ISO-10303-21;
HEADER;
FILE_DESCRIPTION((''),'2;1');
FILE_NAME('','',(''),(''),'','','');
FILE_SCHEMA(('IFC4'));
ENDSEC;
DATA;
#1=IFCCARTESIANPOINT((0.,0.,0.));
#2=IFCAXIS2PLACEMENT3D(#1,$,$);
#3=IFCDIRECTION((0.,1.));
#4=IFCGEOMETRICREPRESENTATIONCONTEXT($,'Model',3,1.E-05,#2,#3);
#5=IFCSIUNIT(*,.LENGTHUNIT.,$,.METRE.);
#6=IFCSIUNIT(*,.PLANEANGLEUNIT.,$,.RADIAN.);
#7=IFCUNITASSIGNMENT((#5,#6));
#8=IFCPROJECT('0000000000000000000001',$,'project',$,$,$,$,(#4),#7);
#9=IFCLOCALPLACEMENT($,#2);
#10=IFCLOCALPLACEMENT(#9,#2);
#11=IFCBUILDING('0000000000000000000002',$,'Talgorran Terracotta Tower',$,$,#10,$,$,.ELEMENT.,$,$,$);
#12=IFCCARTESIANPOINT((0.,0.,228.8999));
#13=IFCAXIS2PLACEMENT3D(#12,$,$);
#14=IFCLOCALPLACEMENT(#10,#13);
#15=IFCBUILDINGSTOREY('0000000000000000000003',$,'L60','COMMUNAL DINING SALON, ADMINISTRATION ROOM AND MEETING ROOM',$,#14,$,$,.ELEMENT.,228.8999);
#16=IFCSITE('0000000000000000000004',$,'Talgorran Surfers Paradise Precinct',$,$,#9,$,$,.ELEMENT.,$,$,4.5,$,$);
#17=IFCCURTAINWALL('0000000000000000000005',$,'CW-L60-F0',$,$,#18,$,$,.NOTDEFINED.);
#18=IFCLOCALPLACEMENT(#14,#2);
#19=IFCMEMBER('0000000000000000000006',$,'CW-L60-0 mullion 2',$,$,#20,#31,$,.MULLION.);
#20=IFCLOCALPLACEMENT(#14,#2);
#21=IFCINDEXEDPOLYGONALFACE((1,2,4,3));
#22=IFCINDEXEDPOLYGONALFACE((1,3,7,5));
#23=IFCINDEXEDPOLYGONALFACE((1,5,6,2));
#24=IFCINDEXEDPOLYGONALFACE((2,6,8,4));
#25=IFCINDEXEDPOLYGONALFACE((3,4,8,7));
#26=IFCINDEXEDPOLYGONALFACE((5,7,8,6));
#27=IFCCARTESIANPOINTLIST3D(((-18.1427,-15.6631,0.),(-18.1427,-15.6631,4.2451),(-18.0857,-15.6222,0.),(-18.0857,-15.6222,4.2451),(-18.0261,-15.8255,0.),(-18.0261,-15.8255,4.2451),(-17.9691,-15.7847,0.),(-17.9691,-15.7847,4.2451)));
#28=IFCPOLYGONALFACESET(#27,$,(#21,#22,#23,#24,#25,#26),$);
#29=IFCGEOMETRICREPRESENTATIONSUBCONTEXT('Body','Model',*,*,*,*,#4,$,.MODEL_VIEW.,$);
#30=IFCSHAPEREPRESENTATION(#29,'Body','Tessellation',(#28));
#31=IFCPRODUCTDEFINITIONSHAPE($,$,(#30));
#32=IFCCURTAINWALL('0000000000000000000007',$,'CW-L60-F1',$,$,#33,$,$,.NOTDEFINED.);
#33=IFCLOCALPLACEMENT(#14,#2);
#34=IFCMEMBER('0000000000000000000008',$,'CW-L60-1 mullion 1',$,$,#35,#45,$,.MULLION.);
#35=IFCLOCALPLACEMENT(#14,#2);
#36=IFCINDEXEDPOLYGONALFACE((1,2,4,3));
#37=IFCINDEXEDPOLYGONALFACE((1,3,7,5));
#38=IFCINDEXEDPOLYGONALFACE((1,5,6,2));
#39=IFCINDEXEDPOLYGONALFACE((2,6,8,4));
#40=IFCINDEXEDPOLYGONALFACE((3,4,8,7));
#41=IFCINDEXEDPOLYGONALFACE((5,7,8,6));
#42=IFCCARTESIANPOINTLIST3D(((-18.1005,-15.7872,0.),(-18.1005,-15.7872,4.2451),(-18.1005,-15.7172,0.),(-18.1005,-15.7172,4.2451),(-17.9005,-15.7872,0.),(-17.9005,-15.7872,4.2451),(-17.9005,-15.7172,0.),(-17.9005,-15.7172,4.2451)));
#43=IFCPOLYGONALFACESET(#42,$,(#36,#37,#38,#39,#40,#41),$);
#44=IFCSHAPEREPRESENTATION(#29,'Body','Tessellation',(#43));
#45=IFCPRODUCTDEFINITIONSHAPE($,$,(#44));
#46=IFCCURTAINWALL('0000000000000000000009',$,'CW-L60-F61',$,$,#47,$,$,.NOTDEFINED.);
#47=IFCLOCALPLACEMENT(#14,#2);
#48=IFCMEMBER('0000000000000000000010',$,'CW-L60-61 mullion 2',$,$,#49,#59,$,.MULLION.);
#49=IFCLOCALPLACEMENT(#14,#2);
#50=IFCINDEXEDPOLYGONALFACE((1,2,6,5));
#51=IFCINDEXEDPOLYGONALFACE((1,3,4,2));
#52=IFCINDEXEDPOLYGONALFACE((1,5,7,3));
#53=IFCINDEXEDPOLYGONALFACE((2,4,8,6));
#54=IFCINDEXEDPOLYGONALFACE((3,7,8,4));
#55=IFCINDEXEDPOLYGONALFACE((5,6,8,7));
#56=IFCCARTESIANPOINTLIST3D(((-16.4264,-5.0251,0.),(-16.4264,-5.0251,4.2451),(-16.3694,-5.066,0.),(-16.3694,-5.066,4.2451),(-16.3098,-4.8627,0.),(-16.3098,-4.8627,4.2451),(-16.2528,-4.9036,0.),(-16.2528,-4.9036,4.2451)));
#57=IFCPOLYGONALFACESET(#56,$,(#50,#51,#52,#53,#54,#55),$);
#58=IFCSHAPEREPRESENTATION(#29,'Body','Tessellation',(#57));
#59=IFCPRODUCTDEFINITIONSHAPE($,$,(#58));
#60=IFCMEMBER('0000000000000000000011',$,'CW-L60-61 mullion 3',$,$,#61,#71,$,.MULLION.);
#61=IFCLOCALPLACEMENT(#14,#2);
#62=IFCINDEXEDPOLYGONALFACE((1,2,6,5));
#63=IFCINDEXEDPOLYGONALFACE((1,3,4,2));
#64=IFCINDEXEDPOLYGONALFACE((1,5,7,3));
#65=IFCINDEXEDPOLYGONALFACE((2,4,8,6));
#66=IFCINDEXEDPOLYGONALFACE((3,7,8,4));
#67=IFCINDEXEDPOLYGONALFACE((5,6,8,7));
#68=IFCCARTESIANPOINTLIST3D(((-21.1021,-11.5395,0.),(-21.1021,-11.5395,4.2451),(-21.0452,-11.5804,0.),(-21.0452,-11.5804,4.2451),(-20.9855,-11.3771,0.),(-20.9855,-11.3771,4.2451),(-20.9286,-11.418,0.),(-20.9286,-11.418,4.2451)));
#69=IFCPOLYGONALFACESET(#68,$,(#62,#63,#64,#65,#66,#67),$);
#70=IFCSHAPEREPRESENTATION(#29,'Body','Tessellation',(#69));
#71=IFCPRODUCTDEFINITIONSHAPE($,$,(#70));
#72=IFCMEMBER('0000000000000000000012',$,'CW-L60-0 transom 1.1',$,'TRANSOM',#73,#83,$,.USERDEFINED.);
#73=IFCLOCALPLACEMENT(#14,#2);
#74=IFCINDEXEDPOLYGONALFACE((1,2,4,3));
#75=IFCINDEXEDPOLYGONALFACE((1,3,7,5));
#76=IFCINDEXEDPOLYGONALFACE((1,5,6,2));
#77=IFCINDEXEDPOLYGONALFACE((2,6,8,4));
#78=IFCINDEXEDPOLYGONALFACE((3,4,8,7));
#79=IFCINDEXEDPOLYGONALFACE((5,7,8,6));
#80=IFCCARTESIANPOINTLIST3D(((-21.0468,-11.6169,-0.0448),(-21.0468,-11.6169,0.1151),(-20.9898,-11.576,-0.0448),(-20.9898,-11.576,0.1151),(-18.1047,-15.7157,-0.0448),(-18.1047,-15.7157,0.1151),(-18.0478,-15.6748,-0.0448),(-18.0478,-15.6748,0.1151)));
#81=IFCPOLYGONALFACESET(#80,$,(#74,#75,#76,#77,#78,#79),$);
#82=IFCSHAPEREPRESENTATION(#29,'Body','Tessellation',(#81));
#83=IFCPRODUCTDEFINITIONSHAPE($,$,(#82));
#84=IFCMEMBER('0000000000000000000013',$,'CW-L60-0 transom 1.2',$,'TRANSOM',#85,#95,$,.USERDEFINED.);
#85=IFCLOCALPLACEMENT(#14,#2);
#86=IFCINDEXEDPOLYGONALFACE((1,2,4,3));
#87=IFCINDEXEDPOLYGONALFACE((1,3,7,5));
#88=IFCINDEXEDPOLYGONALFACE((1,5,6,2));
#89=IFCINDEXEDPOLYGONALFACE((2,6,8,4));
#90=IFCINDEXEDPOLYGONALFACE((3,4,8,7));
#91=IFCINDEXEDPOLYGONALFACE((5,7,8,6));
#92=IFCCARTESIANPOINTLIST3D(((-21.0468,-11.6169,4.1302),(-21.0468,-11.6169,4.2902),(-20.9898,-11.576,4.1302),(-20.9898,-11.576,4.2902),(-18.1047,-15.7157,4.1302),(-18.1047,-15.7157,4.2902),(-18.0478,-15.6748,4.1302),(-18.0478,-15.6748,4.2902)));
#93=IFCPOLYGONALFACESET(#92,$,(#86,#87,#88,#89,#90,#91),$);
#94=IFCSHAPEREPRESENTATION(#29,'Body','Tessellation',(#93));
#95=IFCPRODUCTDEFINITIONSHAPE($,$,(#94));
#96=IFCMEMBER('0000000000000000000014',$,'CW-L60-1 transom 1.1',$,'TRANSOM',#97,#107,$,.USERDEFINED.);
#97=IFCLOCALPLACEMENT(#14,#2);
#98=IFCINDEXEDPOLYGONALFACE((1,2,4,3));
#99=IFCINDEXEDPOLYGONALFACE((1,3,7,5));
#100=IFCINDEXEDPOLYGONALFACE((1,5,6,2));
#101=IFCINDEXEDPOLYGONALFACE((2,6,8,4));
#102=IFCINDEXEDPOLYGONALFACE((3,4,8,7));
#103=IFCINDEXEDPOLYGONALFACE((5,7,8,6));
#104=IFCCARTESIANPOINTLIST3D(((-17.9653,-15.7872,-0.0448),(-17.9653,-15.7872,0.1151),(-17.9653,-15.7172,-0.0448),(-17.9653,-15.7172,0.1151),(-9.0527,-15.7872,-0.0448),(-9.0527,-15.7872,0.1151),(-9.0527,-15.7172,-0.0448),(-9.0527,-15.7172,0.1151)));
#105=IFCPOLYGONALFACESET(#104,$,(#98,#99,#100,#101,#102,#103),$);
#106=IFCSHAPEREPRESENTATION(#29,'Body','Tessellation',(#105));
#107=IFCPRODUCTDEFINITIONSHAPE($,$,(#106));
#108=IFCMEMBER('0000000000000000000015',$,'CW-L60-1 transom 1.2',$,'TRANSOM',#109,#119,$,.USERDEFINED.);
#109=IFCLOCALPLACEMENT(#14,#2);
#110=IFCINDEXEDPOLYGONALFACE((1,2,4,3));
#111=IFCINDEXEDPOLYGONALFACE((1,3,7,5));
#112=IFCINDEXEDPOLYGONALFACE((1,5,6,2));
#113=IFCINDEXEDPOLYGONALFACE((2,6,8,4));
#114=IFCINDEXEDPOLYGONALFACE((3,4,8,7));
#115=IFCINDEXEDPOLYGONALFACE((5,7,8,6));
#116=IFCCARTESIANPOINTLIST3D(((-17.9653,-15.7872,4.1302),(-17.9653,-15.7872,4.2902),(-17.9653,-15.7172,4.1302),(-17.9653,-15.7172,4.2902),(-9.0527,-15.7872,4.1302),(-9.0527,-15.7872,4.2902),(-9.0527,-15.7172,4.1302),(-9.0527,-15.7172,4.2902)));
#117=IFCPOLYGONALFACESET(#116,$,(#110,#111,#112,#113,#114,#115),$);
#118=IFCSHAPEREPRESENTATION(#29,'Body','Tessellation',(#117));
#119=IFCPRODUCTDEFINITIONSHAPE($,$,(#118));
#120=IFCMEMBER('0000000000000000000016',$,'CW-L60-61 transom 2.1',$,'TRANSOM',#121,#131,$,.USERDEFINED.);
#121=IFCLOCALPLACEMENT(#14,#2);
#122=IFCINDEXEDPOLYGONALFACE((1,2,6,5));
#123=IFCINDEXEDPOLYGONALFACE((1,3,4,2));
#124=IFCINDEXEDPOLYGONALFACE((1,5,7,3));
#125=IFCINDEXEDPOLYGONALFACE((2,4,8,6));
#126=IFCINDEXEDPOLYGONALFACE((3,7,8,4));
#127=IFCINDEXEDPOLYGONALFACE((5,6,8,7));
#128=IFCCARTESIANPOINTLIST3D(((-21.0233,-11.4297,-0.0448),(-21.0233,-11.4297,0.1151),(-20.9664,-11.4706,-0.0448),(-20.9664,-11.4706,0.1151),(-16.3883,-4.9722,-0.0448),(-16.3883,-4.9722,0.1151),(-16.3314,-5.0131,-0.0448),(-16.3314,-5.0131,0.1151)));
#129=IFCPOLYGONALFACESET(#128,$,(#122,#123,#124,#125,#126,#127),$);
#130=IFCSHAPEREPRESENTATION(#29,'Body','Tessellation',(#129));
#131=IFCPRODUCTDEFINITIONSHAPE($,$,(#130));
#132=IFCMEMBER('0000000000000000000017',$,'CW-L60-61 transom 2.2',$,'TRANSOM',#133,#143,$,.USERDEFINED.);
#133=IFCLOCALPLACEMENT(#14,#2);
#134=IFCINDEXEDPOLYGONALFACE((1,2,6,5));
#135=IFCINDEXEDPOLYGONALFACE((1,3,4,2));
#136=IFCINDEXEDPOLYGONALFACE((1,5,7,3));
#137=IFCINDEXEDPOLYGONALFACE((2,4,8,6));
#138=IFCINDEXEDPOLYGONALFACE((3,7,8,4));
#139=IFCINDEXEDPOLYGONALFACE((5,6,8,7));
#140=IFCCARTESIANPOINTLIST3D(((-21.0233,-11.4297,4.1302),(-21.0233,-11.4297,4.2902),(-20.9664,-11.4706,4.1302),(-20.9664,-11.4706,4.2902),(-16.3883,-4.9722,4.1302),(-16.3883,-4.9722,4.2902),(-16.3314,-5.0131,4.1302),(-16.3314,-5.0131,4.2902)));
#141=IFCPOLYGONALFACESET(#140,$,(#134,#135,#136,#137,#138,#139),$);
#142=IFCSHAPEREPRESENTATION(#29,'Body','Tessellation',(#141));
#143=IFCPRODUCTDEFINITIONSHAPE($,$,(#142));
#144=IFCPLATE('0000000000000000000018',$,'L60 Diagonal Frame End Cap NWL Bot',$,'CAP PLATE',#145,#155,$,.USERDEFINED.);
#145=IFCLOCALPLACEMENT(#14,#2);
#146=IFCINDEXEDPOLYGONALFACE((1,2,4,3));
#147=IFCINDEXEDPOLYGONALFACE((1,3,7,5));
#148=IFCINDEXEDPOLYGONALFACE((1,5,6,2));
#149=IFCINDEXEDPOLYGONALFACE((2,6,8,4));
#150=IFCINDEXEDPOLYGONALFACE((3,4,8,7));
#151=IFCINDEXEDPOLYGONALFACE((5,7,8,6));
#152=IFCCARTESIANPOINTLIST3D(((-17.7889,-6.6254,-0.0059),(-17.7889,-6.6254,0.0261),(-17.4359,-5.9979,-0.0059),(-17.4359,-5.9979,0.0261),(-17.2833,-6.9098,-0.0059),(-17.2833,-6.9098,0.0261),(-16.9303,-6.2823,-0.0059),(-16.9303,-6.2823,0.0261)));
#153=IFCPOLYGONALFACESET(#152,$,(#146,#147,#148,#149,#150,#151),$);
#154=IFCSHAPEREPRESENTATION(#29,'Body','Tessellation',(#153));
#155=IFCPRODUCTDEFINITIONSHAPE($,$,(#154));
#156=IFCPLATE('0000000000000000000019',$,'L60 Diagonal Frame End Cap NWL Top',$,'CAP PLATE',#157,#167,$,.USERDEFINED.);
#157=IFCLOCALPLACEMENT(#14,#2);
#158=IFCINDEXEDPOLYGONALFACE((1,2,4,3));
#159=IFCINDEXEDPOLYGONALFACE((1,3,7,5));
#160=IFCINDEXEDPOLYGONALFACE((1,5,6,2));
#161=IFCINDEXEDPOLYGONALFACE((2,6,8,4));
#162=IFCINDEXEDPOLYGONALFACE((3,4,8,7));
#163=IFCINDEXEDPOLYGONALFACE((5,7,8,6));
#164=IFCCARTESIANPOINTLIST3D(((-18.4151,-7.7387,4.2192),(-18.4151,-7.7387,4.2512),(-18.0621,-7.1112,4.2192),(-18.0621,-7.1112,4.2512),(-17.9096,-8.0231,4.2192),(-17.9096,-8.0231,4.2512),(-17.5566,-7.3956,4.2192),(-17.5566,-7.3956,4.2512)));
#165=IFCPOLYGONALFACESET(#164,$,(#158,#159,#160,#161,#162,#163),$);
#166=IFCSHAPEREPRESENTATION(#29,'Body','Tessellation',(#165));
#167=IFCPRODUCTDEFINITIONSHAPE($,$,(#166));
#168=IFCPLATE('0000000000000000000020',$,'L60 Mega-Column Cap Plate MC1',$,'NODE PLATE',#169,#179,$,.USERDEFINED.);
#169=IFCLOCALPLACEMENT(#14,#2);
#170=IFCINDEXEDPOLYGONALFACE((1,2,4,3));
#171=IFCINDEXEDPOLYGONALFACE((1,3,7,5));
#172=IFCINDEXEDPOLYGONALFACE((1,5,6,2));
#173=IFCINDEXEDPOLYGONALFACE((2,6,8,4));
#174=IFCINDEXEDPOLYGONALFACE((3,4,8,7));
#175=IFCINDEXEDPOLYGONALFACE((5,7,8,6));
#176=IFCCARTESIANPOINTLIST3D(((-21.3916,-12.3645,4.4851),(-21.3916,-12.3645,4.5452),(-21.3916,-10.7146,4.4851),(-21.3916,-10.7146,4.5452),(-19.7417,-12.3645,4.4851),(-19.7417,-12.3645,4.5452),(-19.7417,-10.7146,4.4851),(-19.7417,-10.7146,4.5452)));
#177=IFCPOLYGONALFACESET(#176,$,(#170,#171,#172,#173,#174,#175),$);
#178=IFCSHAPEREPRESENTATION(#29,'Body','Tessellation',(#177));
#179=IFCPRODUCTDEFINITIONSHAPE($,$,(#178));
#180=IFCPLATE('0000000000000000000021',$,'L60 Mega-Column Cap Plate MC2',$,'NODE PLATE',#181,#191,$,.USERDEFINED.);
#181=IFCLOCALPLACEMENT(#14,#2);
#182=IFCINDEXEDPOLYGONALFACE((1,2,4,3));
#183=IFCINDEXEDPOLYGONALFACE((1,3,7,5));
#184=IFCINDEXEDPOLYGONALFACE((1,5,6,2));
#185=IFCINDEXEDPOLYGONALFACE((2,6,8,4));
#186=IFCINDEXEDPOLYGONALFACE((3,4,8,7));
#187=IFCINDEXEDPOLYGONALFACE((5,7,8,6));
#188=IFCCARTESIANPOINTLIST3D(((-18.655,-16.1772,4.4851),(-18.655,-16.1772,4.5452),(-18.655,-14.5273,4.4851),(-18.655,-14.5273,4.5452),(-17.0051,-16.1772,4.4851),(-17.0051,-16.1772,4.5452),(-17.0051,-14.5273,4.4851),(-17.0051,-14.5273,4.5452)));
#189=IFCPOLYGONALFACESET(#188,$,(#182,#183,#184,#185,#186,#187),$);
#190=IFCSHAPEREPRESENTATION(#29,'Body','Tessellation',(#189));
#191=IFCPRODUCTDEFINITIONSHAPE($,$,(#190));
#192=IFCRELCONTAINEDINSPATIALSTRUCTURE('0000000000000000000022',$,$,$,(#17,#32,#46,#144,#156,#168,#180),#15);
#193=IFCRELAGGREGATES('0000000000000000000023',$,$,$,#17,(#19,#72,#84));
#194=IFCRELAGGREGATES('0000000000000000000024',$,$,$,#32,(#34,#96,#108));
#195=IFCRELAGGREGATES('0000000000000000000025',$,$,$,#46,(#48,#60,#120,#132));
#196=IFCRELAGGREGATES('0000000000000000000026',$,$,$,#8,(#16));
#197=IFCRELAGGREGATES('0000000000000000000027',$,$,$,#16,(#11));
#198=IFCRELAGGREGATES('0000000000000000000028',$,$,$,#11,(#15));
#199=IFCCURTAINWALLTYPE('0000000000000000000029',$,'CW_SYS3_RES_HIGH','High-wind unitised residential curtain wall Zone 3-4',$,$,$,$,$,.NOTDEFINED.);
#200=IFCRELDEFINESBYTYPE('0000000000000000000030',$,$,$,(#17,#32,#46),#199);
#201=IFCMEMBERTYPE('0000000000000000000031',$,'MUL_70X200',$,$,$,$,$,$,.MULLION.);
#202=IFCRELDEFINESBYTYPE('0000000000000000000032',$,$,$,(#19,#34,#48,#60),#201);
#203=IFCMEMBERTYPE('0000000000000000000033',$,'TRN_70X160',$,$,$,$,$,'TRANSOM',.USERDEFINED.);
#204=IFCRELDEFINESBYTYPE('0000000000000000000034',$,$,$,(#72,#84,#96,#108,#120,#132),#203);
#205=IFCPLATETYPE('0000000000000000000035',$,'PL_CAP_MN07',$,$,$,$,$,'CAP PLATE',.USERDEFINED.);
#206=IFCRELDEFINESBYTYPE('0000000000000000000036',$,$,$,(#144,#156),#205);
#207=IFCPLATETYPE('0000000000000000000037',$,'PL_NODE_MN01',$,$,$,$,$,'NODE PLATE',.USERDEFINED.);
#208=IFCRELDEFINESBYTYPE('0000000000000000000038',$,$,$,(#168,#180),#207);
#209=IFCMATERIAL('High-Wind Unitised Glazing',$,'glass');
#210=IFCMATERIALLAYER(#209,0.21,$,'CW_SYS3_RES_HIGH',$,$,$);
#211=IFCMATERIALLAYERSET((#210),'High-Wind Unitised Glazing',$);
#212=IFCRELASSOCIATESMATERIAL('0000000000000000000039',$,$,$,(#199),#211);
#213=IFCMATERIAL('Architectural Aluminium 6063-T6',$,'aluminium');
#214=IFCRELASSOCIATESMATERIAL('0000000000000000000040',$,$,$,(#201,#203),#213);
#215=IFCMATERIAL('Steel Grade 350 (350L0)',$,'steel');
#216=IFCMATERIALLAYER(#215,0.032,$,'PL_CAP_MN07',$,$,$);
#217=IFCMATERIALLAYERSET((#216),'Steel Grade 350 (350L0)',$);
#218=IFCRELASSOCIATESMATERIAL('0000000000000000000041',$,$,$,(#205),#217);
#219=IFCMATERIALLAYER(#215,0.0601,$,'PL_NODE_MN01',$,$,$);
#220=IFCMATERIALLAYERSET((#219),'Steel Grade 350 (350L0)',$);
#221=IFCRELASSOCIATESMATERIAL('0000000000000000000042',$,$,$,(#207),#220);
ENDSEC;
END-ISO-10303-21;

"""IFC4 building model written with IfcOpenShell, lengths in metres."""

from ifc_helpers import new_model, si_unit, direction, frame, origin, origin_2d, place, context, subcontext, project, spatial, rectangle, extrude, material, layer, layer_set, material_profile, profile_set, type_object, element, aggregate, save


model = new_model("IFC4")

# Units and contexts
model_context = context("Model", 3, precision=1e-05, world=origin(), true_north=direction((0.0, 1.0)))
body_context = subcontext(model_context, "Body", "Model", "MODEL_VIEW")
ifc_project = project(units=[si_unit("LENGTHUNIT", "METRE"), si_unit("PLANEANGLEUNIT", "RADIAN")], contexts=[model_context])

# Site, building, storey
site_placement = place(None, origin())
site = spatial("IfcSite", under=ifc_project, at=site_placement, Name="Talgorran Surfers Paradise Precinct", CompositionType="ELEMENT", RefElevation=4.5)
building_placement = place(site_placement, origin())
building = spatial("IfcBuilding", under=site, at=building_placement, Name="Talgorran Terracotta Tower", CompositionType="ELEMENT")
storey_placement = place(building_placement, frame((0.0, 0.0, 228.8999)))
storey = spatial("IfcBuildingStorey", under=building, at=storey_placement, Name="L60", Description="COMMUNAL DINING SALON, ADMINISTRATION ROOM AND MEETING ROOM", CompositionType="ELEMENT", Elevation=228.8999)

# Shared definitions
ifc_material_1 = material(Name="Steel Grade 350 (350L0)", Category="steel")

# Curtain wall, member
ifc_material_2 = material(Name="High-Wind Unitised Glazing", Category="glass")
ifc_layer_1 = layer(ifc_material_2, 0.21, Name="CW_SYS3_RES_HIGH")
ifc_layer_set_1 = layer_set([ifc_layer_1], Name="High-Wind Unitised Glazing")
curtain_wall_type = type_object("IfcCurtainWallType", Name="CW_SYS3_RES_HIGH", Description="High-wind unitised residential curtain wall Zone 3-4", PredefinedType="NOTDEFINED", material=ifc_layer_set_1)
curtain_wall_1_placement = place(storey_placement, origin())
curtain_wall_1 = element("IfcCurtainWall", 1, at=curtain_wall_1_placement, inside=storey, type_object=curtain_wall_type, Name="CW-L60-F0", PredefinedType="NOTDEFINED")
ifc_material_3 = material(Name="Architectural Aluminium 6063-T6", Category="aluminium")
ifc_material_profile_1 = material_profile(ifc_material_3, rectangle(XDim=0.0701, YDim=0.2, at=origin_2d()), Name="CWM70X200")
ifc_profile_set_1 = profile_set([ifc_material_profile_1], Name="Architectural Aluminium 6063-T6")
member_type_1 = type_object("IfcMemberType", Name="MUL_70X200", PredefinedType="MULLION", material=ifc_profile_set_1)
member_1_placement = place(storey_placement, frame((-18.0559, -15.7239, 0.0), z_axis=(0.0, 0.0, 1.0), x_axis=(0.81239, 0.583114, 0.0)))
member_1 = element("IfcMember", 2, at=member_1_placement, type_object=member_type_1, Name="CW-L60-0 mullion 2", PredefinedType="MULLION", context=body_context, shape_type="SweptSolid", body=[
    extrude(rectangle(XDim=0.0701, YDim=0.2, at=origin_2d()), origin(), (0.0, 0.0, 1.0), 4.2451),
])

# Curtain wall, member
curtain_wall_2_placement = place(storey_placement, origin())
curtain_wall_2 = element("IfcCurtainWall", 3, at=curtain_wall_2_placement, inside=storey, type_object=curtain_wall_type, Name="CW-L60-F1", PredefinedType="NOTDEFINED")
member_2_placement = place(storey_placement, frame((-18.0005, -15.7522, 0.0), z_axis=(0.0, 0.0, 1.0), x_axis=(0.0, 1.0, 0.0)))
member_2 = element("IfcMember", 4, at=member_2_placement, type_object=member_type_1, Name="CW-L60-1 mullion 1", PredefinedType="MULLION", context=body_context, shape_type="SweptSolid", body=[
    extrude(rectangle(XDim=0.0701, YDim=0.2, at=origin_2d()), origin(), (0.0, 0.0, 1.0), 4.2451),
])

# Curtain wall, members
curtain_wall_3_placement = place(storey_placement, origin())
curtain_wall_3 = element("IfcCurtainWall", 5, at=curtain_wall_3_placement, inside=storey, type_object=curtain_wall_type, Name="CW-L60-F61", PredefinedType="NOTDEFINED")
member_3_placement = place(storey_placement, frame((-16.3396, -4.9644, 0.0), z_axis=(0.0, 0.0, 1.0), x_axis=(0.812389, -0.583116, 0.0)))
member_3 = element("IfcMember", 6, at=member_3_placement, type_object=member_type_1, Name="CW-L60-61 mullion 2", PredefinedType="MULLION", context=body_context, shape_type="SweptSolid", body=[
    extrude(rectangle(XDim=0.0701, YDim=0.2, at=origin_2d()), origin(), (0.0, 0.0, 1.0), 4.2451),
])
member_4_placement = place(storey_placement, frame((-21.0154, -11.4788, 0.0), z_axis=(0.0, 0.0, 1.0), x_axis=(0.812389, -0.583116, 0.0)))
member_4 = element("IfcMember", 7, at=member_4_placement, type_object=member_type_1, Name="CW-L60-61 mullion 3", PredefinedType="MULLION", context=body_context, shape_type="SweptSolid", body=[
    extrude(rectangle(XDim=0.0701, YDim=0.2, at=origin_2d()), origin(), (0.0, 0.0, 1.0), 4.2451),
])

# Members
ifc_material_profile_2 = material_profile(ifc_material_3, rectangle(XDim=0.0701, YDim=0.1599, at=origin_2d()), Name="CWT70X160")
ifc_profile_set_2 = profile_set([ifc_material_profile_2], Name="Architectural Aluminium 6063-T6")
member_type_2 = type_object("IfcMemberType", Name="TRN_70X160", ElementType="TRANSOM", PredefinedType="USERDEFINED", material=ifc_profile_set_2)
member_5_placement = place(storey_placement, frame((-21.0183, -11.5964, 0.0352), z_axis=(0.583122, -0.812384, 0.0), x_axis=(0.812384, 0.583122, 0.0)))
member_5 = element("IfcMember", 8, at=member_5_placement, type_object=member_type_2, Name="CW-L60-0 transom 1.1", ObjectType="TRANSOM", PredefinedType="USERDEFINED", context=body_context, shape_type="SweptSolid", body=[
    extrude(rectangle(XDim=0.0701, YDim=0.1599, at=origin_2d()), origin(), (0.0, 0.0, 1.0), 5.0454),
])
member_6_placement = place(storey_placement, frame((-21.0183, -11.5964, 4.2102), z_axis=(0.583122, -0.812384, 0.0), x_axis=(0.812384, 0.583122, 0.0)))
member_6 = element("IfcMember", 9, at=member_6_placement, type_object=member_type_2, Name="CW-L60-0 transom 1.2", ObjectType="TRANSOM", PredefinedType="USERDEFINED", context=body_context, shape_type="SweptSolid", body=[
    extrude(rectangle(XDim=0.0701, YDim=0.1599, at=origin_2d()), origin(), (0.0, 0.0, 1.0), 5.0454),
])
member_7_placement = place(storey_placement, frame((-17.9653, -15.7522, 0.0352), z_axis=(1.0, 0.0, 0.0), x_axis=(0.0, 1.0, 0.0)))
member_7 = element("IfcMember", 10, at=member_7_placement, type_object=member_type_2, Name="CW-L60-1 transom 1.1", ObjectType="TRANSOM", PredefinedType="USERDEFINED", context=body_context, shape_type="SweptSolid", body=[
    extrude(rectangle(XDim=0.0701, YDim=0.1599, at=origin_2d()), origin(), (0.0, 0.0, 1.0), 8.9126),
])
member_8_placement = place(storey_placement, frame((-17.9653, -15.7522, 4.2102), z_axis=(1.0, 0.0, 0.0), x_axis=(0.0, 1.0, 0.0)))
member_8 = element("IfcMember", 11, at=member_8_placement, type_object=member_type_2, Name="CW-L60-1 transom 1.2", ObjectType="TRANSOM", PredefinedType="USERDEFINED", context=body_context, shape_type="SweptSolid", body=[
    extrude(rectangle(XDim=0.0701, YDim=0.1599, at=origin_2d()), origin(), (0.0, 0.0, 1.0), 8.9126),
])
member_9_placement = place(storey_placement, frame((-16.3599, -4.9927, 0.0352), z_axis=(-0.583111, -0.812393, 0.0), x_axis=(0.812393, -0.583111, 0.0)))
member_9 = element("IfcMember", 12, at=member_9_placement, type_object=member_type_2, Name="CW-L60-61 transom 2.1", ObjectType="TRANSOM", PredefinedType="USERDEFINED", context=body_context, shape_type="SweptSolid", body=[
    extrude(rectangle(XDim=0.0701, YDim=0.1599, at=origin_2d()), origin(), (0.0, 0.0, 1.0), 7.9487),
])
member_10_placement = place(storey_placement, frame((-16.3599, -4.9927, 4.2102), z_axis=(-0.583111, -0.812393, 0.0), x_axis=(0.812393, -0.583111, 0.0)))
member_10 = element("IfcMember", 13, at=member_10_placement, type_object=member_type_2, Name="CW-L60-61 transom 2.2", ObjectType="TRANSOM", PredefinedType="USERDEFINED", context=body_context, shape_type="SweptSolid", body=[
    extrude(rectangle(XDim=0.0701, YDim=0.1599, at=origin_2d()), origin(), (0.0, 0.0, 1.0), 7.9487),
])

# Plates
ifc_layer_2 = layer(ifc_material_1, 0.032, Name="PL_CAP_MN07")
ifc_layer_set_2 = layer_set([ifc_layer_2], Name="Steel Grade 350 (350L0)")
plate_type_1 = type_object("IfcPlateType", Name="PL_CAP_MN07", ElementType="CAP PLATE", PredefinedType="USERDEFINED", material=ifc_layer_set_2)
for number, where, z_axis, x_axis, name in (
    (14, (-17.3596, -6.4539, -0.0059), (0.0, 0.0, 1.0), (-0.490295, -0.871556, 0.0), "L60 Diagonal Frame End Cap NWL Bot"),
    (15, (-17.9858, -7.5671, 4.2192), (0.0, 0.0, 1.0), (-0.490295, -0.871556, 0.0), "L60 Diagonal Frame End Cap NWL Top"),
):
    element("IfcPlate", number, at=place(storey_placement, frame(where, z_axis=z_axis, x_axis=x_axis)), inside=storey, type_object=plate_type_1, Name=name, ObjectType="CAP PLATE", PredefinedType="USERDEFINED", context=body_context, shape_type="SweptSolid", body=[
        extrude(rectangle(XDim=0.72, YDim=0.5801, at=origin_2d()), origin(), (0.0, 0.0, 1.0), 0.032),
    ])
ifc_layer_3 = layer(ifc_material_1, 0.0601, Name="PL_NODE_MN01")
ifc_layer_set_3 = layer_set([ifc_layer_3], Name="Steel Grade 350 (350L0)")
plate_type_2 = type_object("IfcPlateType", Name="PL_NODE_MN01", ElementType="NODE PLATE", PredefinedType="USERDEFINED", material=ifc_layer_set_3)
for number, where, z_axis, x_axis, name in (
    (16, (-20.5667, -11.5396, 4.4851), (0.0, 0.0, 1.0), (1.0, 0.0, 0.0), "L60 Mega-Column Cap Plate MC1"),
    (17, (-17.8301, -15.3523, 4.4851), (0.0, 0.0, 1.0), (1.0, 0.0, 0.0), "L60 Mega-Column Cap Plate MC2"),
):
    element("IfcPlate", number, at=place(storey_placement, frame(where, z_axis=z_axis, x_axis=x_axis)), inside=storey, type_object=plate_type_2, Name=name, ObjectType="NODE PLATE", PredefinedType="USERDEFINED", context=body_context, shape_type="SweptSolid", body=[
        extrude(rectangle(XDim=1.6499, YDim=1.6499, at=origin_2d()), origin(), (0.0, 0.0, 1.0), 0.0601),
    ])

aggregate(curtain_wall_1, [member_1, member_5, member_6])
aggregate(curtain_wall_2, [member_2, member_7, member_8])
aggregate(curtain_wall_3, [member_3, member_4, member_9, member_10])

save(model, "model.ifc")
